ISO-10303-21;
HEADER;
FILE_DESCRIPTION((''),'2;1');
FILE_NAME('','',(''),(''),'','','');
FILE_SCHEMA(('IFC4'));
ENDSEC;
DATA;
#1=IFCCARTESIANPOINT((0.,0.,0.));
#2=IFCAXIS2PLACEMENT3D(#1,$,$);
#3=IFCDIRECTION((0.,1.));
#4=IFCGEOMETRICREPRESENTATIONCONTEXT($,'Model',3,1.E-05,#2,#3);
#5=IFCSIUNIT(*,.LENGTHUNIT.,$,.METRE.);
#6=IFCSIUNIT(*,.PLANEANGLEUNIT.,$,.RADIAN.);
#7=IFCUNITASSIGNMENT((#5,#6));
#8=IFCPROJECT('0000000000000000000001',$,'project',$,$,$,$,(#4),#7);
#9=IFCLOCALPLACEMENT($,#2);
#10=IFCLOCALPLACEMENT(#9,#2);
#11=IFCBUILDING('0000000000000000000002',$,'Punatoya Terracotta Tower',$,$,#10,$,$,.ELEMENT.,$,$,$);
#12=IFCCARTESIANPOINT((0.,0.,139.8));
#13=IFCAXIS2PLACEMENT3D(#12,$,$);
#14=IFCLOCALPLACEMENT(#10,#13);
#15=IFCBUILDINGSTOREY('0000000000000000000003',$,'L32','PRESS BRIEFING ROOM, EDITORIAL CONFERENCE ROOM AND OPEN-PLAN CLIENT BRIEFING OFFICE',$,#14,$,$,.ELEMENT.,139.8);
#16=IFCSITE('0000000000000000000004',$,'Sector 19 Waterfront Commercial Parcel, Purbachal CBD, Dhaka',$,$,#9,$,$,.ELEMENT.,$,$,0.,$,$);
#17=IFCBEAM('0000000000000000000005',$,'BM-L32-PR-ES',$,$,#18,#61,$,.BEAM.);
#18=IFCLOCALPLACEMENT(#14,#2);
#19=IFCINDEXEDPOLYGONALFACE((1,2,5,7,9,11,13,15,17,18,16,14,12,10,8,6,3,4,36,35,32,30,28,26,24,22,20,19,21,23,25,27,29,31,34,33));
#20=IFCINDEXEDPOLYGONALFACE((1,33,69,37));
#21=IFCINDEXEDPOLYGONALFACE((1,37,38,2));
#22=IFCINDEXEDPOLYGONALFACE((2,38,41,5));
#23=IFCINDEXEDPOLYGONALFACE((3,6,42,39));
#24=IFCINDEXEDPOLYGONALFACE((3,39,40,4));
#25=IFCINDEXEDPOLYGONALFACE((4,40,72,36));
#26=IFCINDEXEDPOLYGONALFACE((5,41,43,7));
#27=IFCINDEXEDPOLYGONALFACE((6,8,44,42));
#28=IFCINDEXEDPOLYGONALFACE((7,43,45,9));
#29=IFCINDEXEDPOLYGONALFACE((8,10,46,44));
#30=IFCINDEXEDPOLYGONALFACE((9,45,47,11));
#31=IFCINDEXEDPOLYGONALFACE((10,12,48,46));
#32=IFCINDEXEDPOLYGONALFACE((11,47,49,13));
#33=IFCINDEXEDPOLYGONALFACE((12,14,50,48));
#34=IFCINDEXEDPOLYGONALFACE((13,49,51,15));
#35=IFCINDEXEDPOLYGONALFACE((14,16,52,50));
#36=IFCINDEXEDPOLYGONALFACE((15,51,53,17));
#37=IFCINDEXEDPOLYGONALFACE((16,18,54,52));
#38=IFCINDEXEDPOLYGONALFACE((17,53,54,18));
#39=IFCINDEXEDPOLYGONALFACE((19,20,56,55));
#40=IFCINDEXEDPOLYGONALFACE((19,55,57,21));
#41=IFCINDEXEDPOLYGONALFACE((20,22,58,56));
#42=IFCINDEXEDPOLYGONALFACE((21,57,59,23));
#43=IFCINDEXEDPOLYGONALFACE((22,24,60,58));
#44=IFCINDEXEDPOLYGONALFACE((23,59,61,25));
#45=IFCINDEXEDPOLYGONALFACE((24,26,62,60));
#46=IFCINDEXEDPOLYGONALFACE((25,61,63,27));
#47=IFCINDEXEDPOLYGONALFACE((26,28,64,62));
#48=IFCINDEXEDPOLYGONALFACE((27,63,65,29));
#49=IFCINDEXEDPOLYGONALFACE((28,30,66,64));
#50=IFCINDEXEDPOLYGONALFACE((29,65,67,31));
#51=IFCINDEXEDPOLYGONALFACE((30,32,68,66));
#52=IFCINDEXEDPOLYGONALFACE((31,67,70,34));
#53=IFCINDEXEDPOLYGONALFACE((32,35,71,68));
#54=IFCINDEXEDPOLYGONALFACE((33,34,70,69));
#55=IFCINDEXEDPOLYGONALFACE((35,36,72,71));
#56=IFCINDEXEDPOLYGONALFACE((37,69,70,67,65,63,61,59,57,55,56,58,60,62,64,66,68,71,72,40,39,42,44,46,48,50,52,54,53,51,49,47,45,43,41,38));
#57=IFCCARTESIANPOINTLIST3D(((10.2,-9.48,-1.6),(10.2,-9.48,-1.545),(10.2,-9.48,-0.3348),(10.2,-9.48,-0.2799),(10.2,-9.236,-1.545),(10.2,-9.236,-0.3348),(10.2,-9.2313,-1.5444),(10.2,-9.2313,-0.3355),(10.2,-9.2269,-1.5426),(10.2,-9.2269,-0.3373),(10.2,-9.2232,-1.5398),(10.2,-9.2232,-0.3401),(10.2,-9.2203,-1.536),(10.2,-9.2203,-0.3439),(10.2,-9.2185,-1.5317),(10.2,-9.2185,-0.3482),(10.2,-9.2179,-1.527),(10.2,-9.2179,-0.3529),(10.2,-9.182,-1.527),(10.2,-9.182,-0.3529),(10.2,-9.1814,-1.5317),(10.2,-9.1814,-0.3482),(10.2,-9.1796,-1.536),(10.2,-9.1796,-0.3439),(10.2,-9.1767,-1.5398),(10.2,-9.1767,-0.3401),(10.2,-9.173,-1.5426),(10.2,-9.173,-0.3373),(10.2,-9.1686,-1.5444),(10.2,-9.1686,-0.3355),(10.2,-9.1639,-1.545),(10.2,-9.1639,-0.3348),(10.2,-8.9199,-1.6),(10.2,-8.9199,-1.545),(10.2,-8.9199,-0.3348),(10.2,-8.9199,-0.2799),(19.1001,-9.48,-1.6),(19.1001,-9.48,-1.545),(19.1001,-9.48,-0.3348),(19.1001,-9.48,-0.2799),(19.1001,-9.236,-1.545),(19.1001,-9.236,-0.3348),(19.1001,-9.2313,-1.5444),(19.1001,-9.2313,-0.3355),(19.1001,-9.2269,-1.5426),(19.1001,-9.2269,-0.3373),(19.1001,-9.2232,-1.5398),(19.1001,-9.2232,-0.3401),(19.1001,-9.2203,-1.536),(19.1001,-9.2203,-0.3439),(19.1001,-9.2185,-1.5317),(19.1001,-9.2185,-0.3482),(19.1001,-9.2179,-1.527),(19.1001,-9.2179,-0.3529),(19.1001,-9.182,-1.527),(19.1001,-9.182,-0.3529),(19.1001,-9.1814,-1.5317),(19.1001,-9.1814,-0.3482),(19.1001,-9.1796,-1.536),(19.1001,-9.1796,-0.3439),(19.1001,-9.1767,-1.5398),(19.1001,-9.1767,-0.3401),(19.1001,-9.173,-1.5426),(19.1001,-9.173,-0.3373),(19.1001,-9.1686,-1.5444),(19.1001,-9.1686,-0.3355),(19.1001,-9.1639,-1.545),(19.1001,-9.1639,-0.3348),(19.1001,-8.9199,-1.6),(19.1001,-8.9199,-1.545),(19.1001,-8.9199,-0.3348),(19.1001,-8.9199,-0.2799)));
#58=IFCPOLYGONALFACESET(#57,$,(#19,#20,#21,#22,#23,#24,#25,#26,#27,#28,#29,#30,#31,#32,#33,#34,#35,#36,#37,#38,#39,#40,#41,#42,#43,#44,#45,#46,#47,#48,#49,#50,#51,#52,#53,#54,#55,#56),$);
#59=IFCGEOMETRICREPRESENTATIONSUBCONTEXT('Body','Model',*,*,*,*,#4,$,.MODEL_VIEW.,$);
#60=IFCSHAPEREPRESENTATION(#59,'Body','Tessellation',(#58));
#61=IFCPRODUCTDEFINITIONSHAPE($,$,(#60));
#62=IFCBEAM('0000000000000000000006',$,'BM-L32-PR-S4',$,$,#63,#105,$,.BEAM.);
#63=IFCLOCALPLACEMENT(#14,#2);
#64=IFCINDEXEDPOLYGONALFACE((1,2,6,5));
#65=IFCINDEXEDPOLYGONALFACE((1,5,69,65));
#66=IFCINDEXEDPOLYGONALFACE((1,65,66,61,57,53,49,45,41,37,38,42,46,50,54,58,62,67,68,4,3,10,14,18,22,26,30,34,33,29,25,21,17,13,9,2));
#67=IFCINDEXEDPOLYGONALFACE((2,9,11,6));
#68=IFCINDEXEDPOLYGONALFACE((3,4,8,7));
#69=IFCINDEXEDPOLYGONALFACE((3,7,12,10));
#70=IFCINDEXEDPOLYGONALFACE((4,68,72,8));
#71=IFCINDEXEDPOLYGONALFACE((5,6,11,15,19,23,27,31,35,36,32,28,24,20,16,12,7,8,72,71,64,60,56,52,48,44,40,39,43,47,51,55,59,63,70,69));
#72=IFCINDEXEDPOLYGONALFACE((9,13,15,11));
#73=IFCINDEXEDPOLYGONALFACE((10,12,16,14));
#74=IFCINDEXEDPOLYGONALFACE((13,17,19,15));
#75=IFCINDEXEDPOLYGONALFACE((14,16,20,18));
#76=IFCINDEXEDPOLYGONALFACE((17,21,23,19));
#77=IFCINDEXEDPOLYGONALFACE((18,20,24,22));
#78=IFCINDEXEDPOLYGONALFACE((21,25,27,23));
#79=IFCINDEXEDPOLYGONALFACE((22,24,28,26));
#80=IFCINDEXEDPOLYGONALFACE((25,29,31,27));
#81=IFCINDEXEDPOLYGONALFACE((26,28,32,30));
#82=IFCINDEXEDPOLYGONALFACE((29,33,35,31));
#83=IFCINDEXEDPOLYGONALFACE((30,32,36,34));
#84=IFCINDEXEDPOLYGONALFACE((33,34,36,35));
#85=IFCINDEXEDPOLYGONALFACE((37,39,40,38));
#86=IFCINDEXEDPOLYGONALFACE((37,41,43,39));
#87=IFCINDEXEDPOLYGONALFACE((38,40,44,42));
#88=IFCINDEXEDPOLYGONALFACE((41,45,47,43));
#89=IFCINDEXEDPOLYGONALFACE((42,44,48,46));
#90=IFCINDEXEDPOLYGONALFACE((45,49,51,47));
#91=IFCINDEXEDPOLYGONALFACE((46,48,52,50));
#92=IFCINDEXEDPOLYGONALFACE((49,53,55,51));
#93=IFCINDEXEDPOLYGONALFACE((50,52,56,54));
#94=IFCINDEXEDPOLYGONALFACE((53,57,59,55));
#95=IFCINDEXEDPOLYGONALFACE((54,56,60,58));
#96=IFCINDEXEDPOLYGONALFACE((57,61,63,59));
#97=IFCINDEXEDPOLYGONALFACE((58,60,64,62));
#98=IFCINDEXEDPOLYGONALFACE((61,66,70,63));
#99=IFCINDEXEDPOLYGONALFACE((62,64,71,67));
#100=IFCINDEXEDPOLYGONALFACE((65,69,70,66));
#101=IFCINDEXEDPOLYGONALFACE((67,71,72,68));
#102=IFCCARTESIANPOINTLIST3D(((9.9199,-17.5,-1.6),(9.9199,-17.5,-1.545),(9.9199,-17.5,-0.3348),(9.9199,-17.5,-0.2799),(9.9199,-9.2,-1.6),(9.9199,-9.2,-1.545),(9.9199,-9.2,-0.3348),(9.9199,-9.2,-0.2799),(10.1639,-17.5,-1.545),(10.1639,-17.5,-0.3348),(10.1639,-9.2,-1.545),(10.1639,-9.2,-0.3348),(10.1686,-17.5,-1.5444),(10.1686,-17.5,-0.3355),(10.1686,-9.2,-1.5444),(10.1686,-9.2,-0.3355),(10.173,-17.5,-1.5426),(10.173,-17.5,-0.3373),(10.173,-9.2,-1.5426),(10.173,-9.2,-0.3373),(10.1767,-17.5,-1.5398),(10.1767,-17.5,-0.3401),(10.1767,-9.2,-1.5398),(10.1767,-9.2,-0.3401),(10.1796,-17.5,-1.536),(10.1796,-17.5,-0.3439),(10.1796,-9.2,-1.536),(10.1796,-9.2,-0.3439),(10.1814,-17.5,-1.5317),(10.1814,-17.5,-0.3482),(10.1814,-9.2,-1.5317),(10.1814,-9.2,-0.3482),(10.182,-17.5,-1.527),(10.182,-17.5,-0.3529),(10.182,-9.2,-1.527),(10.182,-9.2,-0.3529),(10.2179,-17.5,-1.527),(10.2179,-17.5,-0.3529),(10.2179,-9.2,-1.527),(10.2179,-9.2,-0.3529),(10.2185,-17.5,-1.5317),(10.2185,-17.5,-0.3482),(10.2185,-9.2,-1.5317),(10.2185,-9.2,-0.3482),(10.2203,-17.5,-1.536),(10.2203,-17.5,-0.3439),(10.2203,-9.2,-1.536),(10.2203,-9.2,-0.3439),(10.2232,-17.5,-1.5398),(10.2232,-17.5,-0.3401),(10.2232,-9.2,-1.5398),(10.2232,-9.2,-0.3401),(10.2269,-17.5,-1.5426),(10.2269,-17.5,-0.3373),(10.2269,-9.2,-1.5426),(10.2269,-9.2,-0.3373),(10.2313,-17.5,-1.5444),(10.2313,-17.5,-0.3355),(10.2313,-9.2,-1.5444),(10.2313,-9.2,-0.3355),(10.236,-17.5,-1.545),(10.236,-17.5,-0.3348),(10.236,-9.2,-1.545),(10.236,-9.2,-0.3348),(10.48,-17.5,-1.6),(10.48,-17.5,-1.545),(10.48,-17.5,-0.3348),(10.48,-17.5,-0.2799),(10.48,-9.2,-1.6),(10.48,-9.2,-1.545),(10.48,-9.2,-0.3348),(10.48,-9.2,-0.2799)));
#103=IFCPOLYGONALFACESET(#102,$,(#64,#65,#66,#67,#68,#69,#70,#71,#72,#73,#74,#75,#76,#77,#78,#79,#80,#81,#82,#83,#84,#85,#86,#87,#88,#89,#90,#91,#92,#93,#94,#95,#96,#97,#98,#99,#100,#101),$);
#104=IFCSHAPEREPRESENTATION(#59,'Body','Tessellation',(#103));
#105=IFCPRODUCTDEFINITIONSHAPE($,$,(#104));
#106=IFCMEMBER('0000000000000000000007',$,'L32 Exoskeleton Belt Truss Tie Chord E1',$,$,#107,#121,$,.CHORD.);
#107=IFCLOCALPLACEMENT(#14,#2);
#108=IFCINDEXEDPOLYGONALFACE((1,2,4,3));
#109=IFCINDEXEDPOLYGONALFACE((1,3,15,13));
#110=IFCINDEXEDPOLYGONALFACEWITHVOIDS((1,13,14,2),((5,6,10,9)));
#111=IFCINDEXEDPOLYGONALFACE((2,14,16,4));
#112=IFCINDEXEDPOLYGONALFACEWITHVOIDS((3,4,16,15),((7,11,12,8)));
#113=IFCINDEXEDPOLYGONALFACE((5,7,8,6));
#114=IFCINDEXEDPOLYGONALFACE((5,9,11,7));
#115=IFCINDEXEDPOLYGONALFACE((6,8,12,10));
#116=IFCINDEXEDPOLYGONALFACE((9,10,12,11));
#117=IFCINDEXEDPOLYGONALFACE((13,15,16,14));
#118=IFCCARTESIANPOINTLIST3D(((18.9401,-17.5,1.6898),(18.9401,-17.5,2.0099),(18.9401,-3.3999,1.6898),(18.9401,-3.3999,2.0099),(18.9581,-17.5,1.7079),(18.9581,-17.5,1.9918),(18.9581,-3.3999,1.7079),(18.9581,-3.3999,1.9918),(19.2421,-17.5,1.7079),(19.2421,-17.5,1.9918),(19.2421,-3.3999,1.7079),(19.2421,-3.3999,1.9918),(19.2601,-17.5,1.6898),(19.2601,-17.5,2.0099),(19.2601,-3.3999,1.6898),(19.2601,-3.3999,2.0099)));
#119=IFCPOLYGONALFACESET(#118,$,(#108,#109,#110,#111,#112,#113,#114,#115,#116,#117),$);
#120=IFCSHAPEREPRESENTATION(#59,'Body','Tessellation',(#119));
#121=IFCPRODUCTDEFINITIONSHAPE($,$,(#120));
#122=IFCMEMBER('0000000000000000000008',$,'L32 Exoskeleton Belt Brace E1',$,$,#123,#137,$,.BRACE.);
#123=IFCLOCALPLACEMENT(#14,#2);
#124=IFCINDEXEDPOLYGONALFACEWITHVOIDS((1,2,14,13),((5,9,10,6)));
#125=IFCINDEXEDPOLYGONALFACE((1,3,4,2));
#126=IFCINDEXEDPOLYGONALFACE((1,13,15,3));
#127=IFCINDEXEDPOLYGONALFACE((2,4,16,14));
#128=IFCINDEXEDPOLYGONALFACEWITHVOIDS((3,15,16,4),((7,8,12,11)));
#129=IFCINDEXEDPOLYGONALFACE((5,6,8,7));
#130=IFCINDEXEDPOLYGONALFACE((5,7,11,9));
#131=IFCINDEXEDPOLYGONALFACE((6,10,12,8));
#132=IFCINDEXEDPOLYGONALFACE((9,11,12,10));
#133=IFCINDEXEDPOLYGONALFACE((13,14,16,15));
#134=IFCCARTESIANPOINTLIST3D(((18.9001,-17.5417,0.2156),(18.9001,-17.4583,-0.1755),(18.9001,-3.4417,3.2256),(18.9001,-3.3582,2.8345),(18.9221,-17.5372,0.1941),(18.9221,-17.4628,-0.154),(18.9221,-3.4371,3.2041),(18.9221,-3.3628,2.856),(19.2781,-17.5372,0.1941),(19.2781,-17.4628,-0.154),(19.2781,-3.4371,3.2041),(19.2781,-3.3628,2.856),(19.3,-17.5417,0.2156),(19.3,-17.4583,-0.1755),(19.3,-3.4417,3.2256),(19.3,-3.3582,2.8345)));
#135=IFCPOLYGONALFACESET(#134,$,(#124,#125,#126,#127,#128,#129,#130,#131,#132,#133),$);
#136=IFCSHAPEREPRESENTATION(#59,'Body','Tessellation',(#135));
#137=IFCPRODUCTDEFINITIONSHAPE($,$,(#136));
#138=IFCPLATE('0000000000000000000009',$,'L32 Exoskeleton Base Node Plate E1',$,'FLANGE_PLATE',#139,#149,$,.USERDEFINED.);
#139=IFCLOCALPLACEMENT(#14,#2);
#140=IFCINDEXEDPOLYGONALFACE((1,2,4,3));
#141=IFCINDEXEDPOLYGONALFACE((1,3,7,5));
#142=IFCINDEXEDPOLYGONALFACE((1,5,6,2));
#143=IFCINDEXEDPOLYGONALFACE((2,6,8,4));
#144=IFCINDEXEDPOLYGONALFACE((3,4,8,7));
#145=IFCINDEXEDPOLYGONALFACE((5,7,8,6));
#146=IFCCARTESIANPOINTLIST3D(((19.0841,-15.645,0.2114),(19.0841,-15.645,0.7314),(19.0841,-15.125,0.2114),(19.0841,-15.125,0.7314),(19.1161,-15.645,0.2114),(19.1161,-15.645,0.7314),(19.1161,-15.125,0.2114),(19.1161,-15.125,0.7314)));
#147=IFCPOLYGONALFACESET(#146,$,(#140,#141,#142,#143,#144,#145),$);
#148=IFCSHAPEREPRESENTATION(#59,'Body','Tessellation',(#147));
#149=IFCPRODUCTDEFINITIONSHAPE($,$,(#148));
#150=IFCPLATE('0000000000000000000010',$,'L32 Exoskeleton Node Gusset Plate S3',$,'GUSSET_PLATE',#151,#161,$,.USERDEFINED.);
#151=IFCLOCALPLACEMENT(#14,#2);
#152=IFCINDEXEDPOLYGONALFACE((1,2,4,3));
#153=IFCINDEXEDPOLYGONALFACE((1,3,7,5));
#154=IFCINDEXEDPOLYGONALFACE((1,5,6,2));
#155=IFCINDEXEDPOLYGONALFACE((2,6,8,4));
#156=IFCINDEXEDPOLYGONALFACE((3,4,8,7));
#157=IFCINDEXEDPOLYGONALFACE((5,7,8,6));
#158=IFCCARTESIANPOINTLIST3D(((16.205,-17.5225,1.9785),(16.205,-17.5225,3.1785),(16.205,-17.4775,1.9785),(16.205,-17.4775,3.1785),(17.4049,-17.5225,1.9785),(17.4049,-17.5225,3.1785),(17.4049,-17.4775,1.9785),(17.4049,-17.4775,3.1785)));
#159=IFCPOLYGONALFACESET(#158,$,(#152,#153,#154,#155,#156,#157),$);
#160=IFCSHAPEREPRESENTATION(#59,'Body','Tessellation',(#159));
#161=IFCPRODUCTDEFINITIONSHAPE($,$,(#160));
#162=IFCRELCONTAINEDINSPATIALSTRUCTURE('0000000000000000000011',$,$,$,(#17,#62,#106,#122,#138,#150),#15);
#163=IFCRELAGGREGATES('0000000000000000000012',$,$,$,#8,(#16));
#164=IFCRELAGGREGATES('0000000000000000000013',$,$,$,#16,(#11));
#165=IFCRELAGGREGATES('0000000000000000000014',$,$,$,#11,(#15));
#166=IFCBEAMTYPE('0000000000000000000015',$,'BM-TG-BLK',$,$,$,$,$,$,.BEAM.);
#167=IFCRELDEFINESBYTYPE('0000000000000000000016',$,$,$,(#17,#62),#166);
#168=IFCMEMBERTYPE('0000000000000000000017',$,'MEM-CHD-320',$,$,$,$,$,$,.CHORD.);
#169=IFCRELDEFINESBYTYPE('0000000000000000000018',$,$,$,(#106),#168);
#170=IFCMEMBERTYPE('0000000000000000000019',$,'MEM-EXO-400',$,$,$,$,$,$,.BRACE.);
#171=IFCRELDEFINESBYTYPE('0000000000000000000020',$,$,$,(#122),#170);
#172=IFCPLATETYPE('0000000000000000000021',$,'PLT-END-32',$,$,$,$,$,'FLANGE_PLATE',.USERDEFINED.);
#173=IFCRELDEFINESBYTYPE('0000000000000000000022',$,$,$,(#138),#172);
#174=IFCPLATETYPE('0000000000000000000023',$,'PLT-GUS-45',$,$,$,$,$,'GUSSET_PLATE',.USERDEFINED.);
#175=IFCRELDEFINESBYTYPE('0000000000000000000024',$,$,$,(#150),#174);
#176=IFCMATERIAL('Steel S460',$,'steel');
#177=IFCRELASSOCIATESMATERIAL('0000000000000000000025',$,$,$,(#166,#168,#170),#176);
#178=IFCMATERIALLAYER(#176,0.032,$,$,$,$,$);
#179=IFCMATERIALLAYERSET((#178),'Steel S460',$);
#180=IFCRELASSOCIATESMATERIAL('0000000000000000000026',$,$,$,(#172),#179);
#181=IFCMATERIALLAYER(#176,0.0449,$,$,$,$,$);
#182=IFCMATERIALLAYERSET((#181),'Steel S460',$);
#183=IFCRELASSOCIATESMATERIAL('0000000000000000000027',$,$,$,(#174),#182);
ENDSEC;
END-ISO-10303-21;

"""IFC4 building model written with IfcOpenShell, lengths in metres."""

from ifc_helpers import new_model, si_unit, direction, frame, origin, origin_2d, place, context, subcontext, project, spatial, rectangle, hollow_rectangle, i_section, extrude, material, layer, layer_set, material_profile, profile_set, type_object, element, save


model = new_model("IFC4")

# Units and contexts
model_context = context("Model", 3, precision=1e-05, world=origin(), true_north=direction((0.0, 1.0)))
body_context = subcontext(model_context, "Body", "Model", "MODEL_VIEW")
ifc_project = project(units=[si_unit("LENGTHUNIT", "METRE"), si_unit("PLANEANGLEUNIT", "RADIAN")], contexts=[model_context])

# Site, building, storey
site_placement = place(None, origin())
site = spatial("IfcSite", under=ifc_project, at=site_placement, Name="Sector 19 Waterfront Commercial Parcel, Purbachal CBD, Dhaka", CompositionType="ELEMENT", RefElevation=0.0)
building_placement = place(site_placement, origin())
building = spatial("IfcBuilding", under=site, at=building_placement, Name="Punatoya Terracotta Tower", CompositionType="ELEMENT")
storey_placement = place(building_placement, frame((0.0, 0.0, 139.8)))
storey = spatial("IfcBuildingStorey", under=building, at=storey_placement, Name="L32", Description="PRESS BRIEFING ROOM, EDITORIAL CONFERENCE ROOM AND OPEN-PLAN CLIENT BRIEFING OFFICE", CompositionType="ELEMENT", Elevation=139.8)

# Shared definitions
ifc_material_1 = material(Name="Steel S460", Category="steel")

# Beams
ifc_material_profile_1 = material_profile(ifc_material_1, i_section(OverallWidth=0.5601, OverallDepth=1.3201, WebThickness=0.0359, FlangeThickness=0.0549, FilletRadius=0.0181, at=origin_2d()))
ifc_profile_set_1 = profile_set([ifc_material_profile_1], Name="Steel S460")
beam_type_1 = type_object("IfcBeamType", Name="BM-TG-BLK", PredefinedType="BEAM", material=ifc_profile_set_1)
beam_1_placement = place(storey_placement, frame((10.2, -9.2, -0.9399), z_axis=(1.0, 0.0, 0.0), x_axis=(0.0, 1.0, 0.0)))
element("IfcBeam", 1, at=beam_1_placement, inside=storey, type_object=beam_type_1, Name="BM-L32-PR-ES", PredefinedType="BEAM", context=body_context, shape_type="SweptSolid", body=[
    extrude(i_section(OverallWidth=0.5601, OverallDepth=1.3201, WebThickness=0.0359, FlangeThickness=0.0549, FilletRadius=0.0181, at=origin_2d()), origin(), (0.0, 0.0, 1.0), 8.9001),
])
beam_2_placement = place(storey_placement, frame((10.2, -17.5, -0.9399), z_axis=(0.0, 1.0, 0.0), x_axis=(-1.0, 0.0, 0.0)))
element("IfcBeam", 2, at=beam_2_placement, inside=storey, type_object=beam_type_1, Name="BM-L32-PR-S4", PredefinedType="BEAM", context=body_context, shape_type="SweptSolid", body=[
    extrude(i_section(OverallWidth=0.5601, OverallDepth=1.3201, WebThickness=0.0359, FlangeThickness=0.0549, FilletRadius=0.0181, at=origin_2d()), origin(), (0.0, 0.0, 1.0), 8.3),
])

# Members
ifc_material_profile_2 = material_profile(ifc_material_1, hollow_rectangle(XDim=0.3201, YDim=0.3201, WallThickness=0.0181, at=origin_2d()))
ifc_profile_set_2 = profile_set([ifc_material_profile_2], Name="Steel S460")
member_type_1 = type_object("IfcMemberType", Name="MEM-CHD-320", PredefinedType="CHORD", material=ifc_profile_set_2)
member_1_placement = place(storey_placement, frame((19.1001, -17.5, 1.8499), z_axis=(0.0, 1.0, 0.0), x_axis=(-1.0, 0.0, 0.0)))
element("IfcMember", 3, at=member_1_placement, inside=storey, type_object=member_type_1, Name="L32 Exoskeleton Belt Truss Tie Chord E1", PredefinedType="CHORD", context=body_context, shape_type="SweptSolid", body=[
    extrude(hollow_rectangle(XDim=0.3201, YDim=0.3201, WallThickness=0.0181, at=origin_2d()), origin(), (0.0, 0.0, 1.0), 14.1001),
])
ifc_material_profile_3 = material_profile(ifc_material_1, hollow_rectangle(XDim=0.3999, YDim=0.3999, WallThickness=0.022, at=origin_2d()))
ifc_profile_set_3 = profile_set([ifc_material_profile_3], Name="Steel S460")
member_type_2 = type_object("IfcMemberType", Name="MEM-EXO-400", PredefinedType="BRACE", material=ifc_profile_set_3)
member_2_placement = place(storey_placement, frame((19.1001, -17.5, 0.02), z_axis=(0.0, 0.977965, 0.20877), x_axis=(-1.0, 0.0, 0.0)))
element("IfcMember", 4, at=member_2_placement, inside=storey, type_object=member_type_2, Name="L32 Exoskeleton Belt Brace E1", PredefinedType="BRACE", context=body_context, shape_type="SweptSolid", body=[
    extrude(hollow_rectangle(XDim=0.3999, YDim=0.3999, WallThickness=0.022, at=origin_2d()), origin(), (0.0, 0.0, 1.0), 14.4177),
])

# Plates
ifc_layer_1 = layer(ifc_material_1, 0.032)
ifc_layer_set_1 = layer_set([ifc_layer_1], Name="Steel S460")
plate_type_1 = type_object("IfcPlateType", Name="PLT-END-32", ElementType="FLANGE_PLATE", PredefinedType="USERDEFINED", material=ifc_layer_set_1)
plate_1_placement = place(storey_placement, frame((19.1001, -15.385, 0.2114), z_axis=(0.0, 0.0, 1.0), x_axis=(0.0, 1.0, 0.0)))
element("IfcPlate", 5, at=plate_1_placement, inside=storey, type_object=plate_type_1, Name="L32 Exoskeleton Base Node Plate E1", ObjectType="FLANGE_PLATE", PredefinedType="USERDEFINED", context=body_context, shape_type="SweptSolid", body=[
    extrude(rectangle(XDim=0.52, YDim=0.032, at=origin_2d()), origin(), (0.0, 0.0, 1.0), 0.52),
])
ifc_layer_2 = layer(ifc_material_1, 0.0449)
ifc_layer_set_2 = layer_set([ifc_layer_2], Name="Steel S460")
plate_type_2 = type_object("IfcPlateType", Name="PLT-GUS-45", ElementType="GUSSET_PLATE", PredefinedType="USERDEFINED", material=ifc_layer_set_2)
plate_2_placement = place(storey_placement, frame((16.8049, -17.5, 1.9785), z_axis=(0.0, 0.0, 1.0), x_axis=(1.0, 0.0, 0.0)))
element("IfcPlate", 6, at=plate_2_placement, inside=storey, type_object=plate_type_2, Name="L32 Exoskeleton Node Gusset Plate S3", ObjectType="GUSSET_PLATE", PredefinedType="USERDEFINED", context=body_context, shape_type="SweptSolid", body=[
    extrude(rectangle(XDim=1.2, YDim=0.0449, at=origin_2d()), origin(), (0.0, 0.0, 1.0), 1.2),
])

save(model, "model.ifc")
